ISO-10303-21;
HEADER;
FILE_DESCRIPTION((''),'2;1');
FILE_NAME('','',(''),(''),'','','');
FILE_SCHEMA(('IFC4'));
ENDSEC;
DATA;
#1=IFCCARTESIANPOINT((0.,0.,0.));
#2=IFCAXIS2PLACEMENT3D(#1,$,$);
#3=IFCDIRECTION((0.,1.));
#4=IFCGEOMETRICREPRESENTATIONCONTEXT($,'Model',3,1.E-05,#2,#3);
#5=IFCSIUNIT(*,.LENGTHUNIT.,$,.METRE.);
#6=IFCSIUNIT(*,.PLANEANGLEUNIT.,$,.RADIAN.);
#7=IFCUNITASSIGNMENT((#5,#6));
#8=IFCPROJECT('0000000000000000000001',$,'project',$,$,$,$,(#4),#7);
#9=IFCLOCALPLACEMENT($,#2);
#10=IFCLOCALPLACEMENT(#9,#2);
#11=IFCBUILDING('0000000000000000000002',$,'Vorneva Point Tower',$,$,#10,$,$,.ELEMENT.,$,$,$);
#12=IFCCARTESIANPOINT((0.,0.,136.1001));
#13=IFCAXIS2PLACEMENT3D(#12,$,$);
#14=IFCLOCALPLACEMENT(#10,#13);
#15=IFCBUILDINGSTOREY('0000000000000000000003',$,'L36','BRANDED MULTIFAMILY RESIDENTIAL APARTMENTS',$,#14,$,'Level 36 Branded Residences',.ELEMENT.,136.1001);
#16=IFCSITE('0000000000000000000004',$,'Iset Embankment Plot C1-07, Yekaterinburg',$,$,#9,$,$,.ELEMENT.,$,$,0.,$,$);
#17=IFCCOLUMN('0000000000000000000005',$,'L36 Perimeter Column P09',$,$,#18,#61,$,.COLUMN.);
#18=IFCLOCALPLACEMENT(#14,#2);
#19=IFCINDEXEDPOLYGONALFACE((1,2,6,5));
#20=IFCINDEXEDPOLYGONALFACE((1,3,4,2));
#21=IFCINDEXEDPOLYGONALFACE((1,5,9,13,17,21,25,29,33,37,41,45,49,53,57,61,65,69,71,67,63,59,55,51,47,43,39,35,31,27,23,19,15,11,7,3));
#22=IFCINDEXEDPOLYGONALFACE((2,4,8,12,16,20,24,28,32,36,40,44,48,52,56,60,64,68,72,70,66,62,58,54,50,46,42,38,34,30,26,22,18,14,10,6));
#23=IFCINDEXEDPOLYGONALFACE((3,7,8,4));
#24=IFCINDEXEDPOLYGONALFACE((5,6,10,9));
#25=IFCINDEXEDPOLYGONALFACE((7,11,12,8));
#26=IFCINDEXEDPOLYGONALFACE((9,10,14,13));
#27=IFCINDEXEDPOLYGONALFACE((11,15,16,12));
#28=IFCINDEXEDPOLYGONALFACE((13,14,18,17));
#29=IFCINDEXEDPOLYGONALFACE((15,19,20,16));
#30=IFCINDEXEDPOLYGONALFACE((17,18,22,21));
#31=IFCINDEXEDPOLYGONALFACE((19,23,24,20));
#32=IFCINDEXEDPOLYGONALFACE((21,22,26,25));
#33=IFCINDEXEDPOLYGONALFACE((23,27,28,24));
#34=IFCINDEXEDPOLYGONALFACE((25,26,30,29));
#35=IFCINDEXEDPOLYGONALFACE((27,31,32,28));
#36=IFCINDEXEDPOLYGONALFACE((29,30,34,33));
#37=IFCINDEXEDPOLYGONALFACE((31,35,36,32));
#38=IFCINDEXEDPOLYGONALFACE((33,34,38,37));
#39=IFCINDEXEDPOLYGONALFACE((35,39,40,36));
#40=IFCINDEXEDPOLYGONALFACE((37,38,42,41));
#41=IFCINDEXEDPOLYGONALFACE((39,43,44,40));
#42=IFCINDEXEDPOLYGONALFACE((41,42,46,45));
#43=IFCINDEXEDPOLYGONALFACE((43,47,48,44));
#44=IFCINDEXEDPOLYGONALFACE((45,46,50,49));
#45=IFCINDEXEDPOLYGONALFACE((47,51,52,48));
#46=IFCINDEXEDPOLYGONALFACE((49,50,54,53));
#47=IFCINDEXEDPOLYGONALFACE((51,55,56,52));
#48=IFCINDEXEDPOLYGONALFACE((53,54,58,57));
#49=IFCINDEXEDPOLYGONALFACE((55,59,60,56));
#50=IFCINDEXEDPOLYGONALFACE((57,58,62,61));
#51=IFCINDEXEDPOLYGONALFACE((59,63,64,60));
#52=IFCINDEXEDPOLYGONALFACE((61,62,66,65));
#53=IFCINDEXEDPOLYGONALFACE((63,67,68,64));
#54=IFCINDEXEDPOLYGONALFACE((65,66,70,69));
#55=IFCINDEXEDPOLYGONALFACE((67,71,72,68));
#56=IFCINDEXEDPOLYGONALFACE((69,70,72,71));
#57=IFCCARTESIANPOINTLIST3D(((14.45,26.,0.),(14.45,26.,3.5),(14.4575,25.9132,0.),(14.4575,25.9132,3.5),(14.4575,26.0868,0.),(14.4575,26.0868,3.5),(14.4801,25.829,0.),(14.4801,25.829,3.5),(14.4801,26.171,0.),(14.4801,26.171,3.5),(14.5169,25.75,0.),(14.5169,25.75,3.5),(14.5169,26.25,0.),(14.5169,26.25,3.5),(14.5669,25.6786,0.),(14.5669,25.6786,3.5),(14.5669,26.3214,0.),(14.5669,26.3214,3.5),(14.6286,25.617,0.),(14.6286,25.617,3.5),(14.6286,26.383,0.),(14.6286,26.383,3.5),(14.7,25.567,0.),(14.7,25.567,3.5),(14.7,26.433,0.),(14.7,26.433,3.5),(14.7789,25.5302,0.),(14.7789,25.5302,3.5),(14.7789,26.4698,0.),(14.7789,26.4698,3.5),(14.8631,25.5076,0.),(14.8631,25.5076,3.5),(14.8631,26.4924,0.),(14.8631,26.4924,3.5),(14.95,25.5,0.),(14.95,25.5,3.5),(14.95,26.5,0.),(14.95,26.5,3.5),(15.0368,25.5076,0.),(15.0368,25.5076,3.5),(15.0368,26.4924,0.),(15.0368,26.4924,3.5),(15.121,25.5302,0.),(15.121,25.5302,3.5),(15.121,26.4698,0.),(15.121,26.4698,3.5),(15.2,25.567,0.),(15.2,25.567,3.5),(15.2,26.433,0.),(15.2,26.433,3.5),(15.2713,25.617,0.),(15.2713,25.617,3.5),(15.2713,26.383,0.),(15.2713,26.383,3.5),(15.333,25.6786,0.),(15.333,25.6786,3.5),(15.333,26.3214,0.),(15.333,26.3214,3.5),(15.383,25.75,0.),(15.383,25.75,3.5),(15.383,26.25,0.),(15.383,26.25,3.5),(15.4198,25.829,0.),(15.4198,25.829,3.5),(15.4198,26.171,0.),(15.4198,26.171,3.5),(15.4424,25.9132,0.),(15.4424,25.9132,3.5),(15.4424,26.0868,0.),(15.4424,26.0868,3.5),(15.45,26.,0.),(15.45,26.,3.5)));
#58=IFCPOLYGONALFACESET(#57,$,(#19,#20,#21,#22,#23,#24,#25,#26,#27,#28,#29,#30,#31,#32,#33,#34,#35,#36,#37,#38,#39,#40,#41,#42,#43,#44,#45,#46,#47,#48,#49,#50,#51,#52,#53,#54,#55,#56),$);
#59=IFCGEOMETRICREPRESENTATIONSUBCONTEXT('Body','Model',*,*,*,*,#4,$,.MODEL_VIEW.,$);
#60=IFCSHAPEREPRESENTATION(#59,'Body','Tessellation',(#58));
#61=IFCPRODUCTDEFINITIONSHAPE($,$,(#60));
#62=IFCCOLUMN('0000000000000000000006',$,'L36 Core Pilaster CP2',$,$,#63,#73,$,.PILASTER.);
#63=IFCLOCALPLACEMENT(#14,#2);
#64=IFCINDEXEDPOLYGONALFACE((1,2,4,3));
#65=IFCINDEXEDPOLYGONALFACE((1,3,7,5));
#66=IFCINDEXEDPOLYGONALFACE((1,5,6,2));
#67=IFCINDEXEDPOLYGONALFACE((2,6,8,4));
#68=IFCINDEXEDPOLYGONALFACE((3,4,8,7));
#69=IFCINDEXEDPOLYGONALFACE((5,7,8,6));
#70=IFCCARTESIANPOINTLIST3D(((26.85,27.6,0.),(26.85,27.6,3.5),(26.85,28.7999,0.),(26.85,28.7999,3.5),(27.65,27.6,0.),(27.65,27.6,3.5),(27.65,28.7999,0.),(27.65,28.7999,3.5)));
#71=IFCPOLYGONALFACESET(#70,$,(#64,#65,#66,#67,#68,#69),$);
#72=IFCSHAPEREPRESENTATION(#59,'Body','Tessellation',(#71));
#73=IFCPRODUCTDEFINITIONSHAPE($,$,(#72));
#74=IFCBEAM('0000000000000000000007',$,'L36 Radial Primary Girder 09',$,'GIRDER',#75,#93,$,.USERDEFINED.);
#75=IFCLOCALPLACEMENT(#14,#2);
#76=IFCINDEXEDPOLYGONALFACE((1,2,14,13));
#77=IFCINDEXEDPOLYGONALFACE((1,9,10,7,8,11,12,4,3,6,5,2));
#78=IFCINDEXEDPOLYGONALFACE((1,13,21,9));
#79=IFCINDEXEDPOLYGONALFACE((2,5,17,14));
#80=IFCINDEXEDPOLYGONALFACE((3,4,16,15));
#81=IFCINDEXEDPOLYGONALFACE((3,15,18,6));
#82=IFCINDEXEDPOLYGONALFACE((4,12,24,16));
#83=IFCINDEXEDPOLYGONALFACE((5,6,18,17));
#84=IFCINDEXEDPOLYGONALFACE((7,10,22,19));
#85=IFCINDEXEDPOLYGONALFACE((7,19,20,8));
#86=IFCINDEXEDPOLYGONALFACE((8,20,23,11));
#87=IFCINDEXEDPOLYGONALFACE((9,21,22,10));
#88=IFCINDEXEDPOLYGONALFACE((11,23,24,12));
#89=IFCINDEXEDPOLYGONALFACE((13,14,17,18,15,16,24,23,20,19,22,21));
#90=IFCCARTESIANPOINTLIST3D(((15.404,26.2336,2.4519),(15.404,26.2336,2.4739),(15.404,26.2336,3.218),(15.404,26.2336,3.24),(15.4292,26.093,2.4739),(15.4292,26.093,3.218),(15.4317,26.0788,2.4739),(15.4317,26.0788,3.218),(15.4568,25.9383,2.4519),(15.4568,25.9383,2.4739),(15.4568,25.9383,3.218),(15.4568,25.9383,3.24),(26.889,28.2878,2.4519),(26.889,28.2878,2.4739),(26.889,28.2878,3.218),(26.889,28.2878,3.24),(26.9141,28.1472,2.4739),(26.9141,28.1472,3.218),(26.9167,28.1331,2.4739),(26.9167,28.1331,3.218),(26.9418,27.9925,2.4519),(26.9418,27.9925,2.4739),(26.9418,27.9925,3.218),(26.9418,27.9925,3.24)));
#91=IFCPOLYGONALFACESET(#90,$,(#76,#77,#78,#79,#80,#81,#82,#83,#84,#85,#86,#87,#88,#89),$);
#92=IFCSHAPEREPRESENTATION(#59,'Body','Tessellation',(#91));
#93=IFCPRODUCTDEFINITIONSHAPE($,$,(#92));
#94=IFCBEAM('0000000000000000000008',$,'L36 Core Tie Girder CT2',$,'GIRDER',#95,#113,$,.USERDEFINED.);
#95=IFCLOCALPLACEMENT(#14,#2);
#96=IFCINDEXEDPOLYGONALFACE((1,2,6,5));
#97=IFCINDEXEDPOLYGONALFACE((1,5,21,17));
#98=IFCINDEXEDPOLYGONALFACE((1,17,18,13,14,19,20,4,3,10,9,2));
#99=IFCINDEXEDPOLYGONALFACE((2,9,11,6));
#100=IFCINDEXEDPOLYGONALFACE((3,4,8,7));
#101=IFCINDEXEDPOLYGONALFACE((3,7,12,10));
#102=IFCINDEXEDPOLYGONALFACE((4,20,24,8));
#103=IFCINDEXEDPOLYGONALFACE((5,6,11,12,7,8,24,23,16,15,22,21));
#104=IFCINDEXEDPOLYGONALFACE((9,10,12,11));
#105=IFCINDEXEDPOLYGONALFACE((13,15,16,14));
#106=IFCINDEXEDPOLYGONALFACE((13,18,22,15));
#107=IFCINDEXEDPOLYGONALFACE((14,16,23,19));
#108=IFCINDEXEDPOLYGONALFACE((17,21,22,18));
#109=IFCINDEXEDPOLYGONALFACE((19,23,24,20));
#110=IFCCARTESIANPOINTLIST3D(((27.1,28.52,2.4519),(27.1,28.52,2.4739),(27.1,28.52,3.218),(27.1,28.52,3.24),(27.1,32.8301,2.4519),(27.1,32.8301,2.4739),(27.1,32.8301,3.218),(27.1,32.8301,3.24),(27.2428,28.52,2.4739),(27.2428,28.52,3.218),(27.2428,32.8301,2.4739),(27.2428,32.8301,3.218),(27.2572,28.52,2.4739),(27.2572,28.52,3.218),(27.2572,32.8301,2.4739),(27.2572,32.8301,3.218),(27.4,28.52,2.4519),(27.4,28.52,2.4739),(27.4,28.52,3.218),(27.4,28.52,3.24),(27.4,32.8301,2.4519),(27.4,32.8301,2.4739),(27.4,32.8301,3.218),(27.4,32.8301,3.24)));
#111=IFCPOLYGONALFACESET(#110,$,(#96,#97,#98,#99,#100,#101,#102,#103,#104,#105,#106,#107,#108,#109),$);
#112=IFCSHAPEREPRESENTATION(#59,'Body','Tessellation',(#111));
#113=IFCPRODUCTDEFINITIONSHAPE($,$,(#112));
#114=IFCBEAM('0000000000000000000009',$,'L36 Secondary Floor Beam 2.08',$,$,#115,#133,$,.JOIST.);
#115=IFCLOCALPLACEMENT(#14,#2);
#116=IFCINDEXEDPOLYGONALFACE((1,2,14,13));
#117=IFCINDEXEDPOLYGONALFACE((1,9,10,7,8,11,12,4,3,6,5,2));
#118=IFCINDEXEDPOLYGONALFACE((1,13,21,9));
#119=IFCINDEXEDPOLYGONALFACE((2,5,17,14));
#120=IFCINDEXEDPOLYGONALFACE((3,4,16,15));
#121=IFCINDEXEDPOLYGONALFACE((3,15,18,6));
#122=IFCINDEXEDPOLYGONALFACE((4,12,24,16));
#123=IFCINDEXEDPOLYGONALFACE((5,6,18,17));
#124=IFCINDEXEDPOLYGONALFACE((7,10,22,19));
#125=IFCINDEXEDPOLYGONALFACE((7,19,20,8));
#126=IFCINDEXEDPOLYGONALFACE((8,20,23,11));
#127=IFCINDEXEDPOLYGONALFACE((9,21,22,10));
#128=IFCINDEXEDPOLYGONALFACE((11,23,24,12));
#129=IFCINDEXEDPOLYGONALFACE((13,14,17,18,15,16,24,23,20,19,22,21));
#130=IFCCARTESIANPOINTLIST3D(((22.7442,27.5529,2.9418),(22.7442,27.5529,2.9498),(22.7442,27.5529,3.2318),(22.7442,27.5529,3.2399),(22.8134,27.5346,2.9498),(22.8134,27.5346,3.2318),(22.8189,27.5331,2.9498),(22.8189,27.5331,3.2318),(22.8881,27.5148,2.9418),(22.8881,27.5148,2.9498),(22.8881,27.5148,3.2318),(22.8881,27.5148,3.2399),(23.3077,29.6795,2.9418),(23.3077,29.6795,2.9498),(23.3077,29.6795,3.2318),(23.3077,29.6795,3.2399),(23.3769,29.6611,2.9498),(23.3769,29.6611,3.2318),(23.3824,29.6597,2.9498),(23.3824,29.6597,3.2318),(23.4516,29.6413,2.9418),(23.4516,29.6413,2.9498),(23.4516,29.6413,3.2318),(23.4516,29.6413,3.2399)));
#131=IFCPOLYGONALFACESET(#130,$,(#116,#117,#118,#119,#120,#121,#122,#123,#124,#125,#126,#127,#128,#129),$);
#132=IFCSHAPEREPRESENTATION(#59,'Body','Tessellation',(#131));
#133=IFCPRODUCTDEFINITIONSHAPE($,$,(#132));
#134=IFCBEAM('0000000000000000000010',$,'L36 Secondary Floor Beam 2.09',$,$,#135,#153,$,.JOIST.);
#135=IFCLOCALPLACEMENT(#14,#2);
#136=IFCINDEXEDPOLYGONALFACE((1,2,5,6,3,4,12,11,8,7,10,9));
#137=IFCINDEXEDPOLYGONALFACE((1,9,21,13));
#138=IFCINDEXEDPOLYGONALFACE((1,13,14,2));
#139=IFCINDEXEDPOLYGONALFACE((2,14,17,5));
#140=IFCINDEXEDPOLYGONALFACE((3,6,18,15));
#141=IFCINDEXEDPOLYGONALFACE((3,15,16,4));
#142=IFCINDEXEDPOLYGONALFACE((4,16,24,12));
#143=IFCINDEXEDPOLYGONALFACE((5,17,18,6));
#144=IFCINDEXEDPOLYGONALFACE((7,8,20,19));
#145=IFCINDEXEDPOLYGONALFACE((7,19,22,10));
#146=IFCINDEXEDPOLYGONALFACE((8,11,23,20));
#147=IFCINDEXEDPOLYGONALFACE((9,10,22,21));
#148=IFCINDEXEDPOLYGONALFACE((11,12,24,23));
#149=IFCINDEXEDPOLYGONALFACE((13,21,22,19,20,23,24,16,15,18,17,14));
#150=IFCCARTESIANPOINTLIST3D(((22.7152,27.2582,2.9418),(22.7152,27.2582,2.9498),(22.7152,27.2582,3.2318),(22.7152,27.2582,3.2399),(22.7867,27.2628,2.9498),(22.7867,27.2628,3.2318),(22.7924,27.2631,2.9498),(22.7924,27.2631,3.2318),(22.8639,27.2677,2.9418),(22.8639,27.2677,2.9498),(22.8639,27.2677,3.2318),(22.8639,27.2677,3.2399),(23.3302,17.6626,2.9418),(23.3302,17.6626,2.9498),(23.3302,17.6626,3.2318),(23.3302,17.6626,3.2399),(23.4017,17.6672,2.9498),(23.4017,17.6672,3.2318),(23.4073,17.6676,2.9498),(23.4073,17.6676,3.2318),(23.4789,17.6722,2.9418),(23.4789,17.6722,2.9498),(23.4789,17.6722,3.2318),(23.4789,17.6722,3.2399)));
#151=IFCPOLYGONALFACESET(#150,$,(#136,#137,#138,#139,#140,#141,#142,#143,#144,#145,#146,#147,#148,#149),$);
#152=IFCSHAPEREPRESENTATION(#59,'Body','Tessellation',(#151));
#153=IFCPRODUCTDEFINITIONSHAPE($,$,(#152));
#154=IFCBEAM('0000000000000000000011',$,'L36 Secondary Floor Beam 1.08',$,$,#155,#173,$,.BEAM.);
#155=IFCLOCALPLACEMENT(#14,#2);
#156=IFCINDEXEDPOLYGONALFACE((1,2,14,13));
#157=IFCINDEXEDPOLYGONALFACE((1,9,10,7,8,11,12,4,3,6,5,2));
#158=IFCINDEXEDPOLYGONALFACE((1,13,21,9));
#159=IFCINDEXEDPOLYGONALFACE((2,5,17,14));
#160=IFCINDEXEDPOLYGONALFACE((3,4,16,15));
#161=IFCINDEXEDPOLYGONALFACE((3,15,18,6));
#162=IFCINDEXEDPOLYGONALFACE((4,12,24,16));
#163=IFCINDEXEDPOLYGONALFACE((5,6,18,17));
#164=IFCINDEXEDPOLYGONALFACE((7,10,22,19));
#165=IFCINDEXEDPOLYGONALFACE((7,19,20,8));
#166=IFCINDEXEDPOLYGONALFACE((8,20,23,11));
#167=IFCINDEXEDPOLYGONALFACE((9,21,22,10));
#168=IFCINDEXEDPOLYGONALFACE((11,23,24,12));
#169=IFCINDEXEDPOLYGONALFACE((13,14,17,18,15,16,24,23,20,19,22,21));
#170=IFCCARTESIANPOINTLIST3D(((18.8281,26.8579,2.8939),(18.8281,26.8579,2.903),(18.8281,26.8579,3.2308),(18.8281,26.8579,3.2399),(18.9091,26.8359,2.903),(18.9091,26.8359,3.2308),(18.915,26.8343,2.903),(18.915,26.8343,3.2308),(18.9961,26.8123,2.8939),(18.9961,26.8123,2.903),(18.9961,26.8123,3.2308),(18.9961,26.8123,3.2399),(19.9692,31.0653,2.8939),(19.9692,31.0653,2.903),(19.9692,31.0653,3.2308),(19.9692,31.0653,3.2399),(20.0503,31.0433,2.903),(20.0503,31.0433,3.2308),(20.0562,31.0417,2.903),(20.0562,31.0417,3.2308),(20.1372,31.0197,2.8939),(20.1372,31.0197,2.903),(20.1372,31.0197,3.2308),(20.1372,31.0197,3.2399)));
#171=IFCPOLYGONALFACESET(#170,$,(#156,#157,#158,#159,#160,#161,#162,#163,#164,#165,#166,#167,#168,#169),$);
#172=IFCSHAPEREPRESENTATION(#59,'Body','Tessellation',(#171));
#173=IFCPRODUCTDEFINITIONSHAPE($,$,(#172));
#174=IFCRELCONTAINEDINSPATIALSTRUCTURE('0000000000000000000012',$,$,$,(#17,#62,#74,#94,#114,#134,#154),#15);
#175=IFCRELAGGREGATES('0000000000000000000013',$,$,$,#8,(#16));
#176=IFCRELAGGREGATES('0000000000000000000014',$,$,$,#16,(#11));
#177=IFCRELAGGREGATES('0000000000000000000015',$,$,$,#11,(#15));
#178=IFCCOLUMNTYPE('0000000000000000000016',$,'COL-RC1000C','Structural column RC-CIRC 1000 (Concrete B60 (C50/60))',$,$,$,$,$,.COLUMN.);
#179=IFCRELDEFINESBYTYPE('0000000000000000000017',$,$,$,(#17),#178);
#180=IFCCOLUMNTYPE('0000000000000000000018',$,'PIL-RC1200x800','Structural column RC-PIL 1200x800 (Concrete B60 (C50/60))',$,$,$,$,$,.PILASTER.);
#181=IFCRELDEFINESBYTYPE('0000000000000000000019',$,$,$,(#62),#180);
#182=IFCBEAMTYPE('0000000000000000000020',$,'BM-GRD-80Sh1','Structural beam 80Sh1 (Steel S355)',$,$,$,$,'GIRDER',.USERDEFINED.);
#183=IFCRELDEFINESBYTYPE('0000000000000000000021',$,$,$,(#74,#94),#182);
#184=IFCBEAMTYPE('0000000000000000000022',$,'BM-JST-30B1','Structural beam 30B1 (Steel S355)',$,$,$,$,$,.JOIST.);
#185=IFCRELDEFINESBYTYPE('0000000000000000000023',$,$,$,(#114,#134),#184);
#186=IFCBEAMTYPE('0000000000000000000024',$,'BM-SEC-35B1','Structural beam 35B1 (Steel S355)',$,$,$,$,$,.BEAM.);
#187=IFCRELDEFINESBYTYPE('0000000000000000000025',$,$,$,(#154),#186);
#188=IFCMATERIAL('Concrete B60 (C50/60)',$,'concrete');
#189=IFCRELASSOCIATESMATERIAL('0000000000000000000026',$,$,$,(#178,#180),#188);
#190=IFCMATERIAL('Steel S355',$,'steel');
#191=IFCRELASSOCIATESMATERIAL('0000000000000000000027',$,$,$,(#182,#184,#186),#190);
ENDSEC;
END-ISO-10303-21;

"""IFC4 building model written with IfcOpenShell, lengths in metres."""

from ifc_helpers import new_model, si_unit, direction, frame, origin, origin_2d, place, context, subcontext, project, spatial, rectangle, circle, i_section, extrude, material, material_profile, profile_set, type_object, element, save


model = new_model("IFC4")

# Units and contexts
model_context = context("Model", 3, precision=1e-05, world=origin(), true_north=direction((0.0, 1.0)))
body_context = subcontext(model_context, "Body", "Model", "MODEL_VIEW")
ifc_project = project(units=[si_unit("LENGTHUNIT", "METRE"), si_unit("PLANEANGLEUNIT", "RADIAN")], contexts=[model_context])

# Site, building, storey
site_placement = place(None, origin())
site = spatial("IfcSite", under=ifc_project, at=site_placement, Name="Iset Embankment Plot C1-07, Yekaterinburg", CompositionType="ELEMENT", RefElevation=0.0)
building_placement = place(site_placement, origin())
building = spatial("IfcBuilding", under=site, at=building_placement, Name="Vorneva Point Tower", CompositionType="ELEMENT")
storey_placement = place(building_placement, frame((0.0, 0.0, 136.1001)))
storey = spatial("IfcBuildingStorey", under=building, at=storey_placement, Name="L36", Description="BRANDED MULTIFAMILY RESIDENTIAL APARTMENTS", LongName="Level 36 Branded Residences", CompositionType="ELEMENT", Elevation=136.1001)

# Columns
ifc_material_1 = material(Name="Concrete B60 (C50/60)", Category="concrete")
ifc_material_profile_1 = material_profile(ifc_material_1, circle(Radius=0.5, at=origin_2d()), Name="RC-CIRC 1000")
ifc_profile_set_1 = profile_set([ifc_material_profile_1], Name="Concrete B60 (C50/60)")
column_type_1 = type_object("IfcColumnType", Name="COL-RC1000C", Description="Structural column RC-CIRC 1000 (Concrete B60 (C50/60))", PredefinedType="COLUMN", material=ifc_profile_set_1)
column_1_placement = place(storey_placement, frame((14.95, 26.0, 0.0), z_axis=(0.0, 0.0, 1.0), x_axis=(-1.0, 0.0, 0.0)))
element("IfcColumn", 1, at=column_1_placement, inside=storey, type_object=column_type_1, Name="L36 Perimeter Column P09", PredefinedType="COLUMN", context=body_context, shape_type="SweptSolid", body=[
    extrude(circle(Radius=0.5, at=origin_2d()), origin(), (0.0, 0.0, 1.0), 3.5),
])
ifc_material_profile_2 = material_profile(ifc_material_1, rectangle(XDim=0.8, YDim=1.2, at=origin_2d()), Name="RC-PIL 1200x800")
ifc_profile_set_2 = profile_set([ifc_material_profile_2], Name="Concrete B60 (C50/60)")
column_type_2 = type_object("IfcColumnType", Name="PIL-RC1200x800", Description="Structural column RC-PIL 1200x800 (Concrete B60 (C50/60))", PredefinedType="PILASTER", material=ifc_profile_set_2)
column_2_placement = place(storey_placement, frame((27.25, 28.2, 0.0), z_axis=(0.0, 0.0, 1.0), x_axis=(1.0, 0.0, 0.0)))
element("IfcColumn", 2, at=column_2_placement, inside=storey, type_object=column_type_2, Name="L36 Core Pilaster CP2", PredefinedType="PILASTER", context=body_context, shape_type="SweptSolid", body=[
    extrude(rectangle(XDim=0.8, YDim=1.2, at=origin_2d()), origin(), (0.0, 0.0, 1.0), 3.5),
])

# Beams
ifc_material_2 = material(Name="Steel S355", Category="steel")
ifc_material_profile_3 = material_profile(ifc_material_2, i_section(OverallWidth=0.3, OverallDepth=0.7881, WebThickness=0.0144, FlangeThickness=0.022, at=origin_2d()), Name="80Sh1")
ifc_profile_set_3 = profile_set([ifc_material_profile_3], Name="Steel S355")
beam_type_1 = type_object("IfcBeamType", Name="BM-GRD-80Sh1", Description="Structural beam 80Sh1 (Steel S355)", ElementType="GIRDER", PredefinedType="USERDEFINED", material=ifc_profile_set_3)
beam_1_placement = place(storey_placement, frame((15.4304, 26.0859, 2.8459), z_axis=(0.984378, 0.176067, 0.0), x_axis=(-0.176067, 0.984378, 0.0)))
element("IfcBeam", 3, at=beam_1_placement, inside=storey, type_object=beam_type_1, Name="L36 Radial Primary Girder 09", ObjectType="GIRDER", PredefinedType="USERDEFINED", context=body_context, shape_type="SweptSolid", body=[
    extrude(i_section(OverallWidth=0.3, OverallDepth=0.7881, WebThickness=0.0144, FlangeThickness=0.022, at=origin_2d()), origin(), (0.0, 0.0, 1.0), 11.6672),
])
beam_2_placement = place(storey_placement, frame((27.25, 28.52, 2.8459), z_axis=(0.0, 1.0, 0.0), x_axis=(-1.0, 0.0, 0.0)))
element("IfcBeam", 4, at=beam_2_placement, inside=storey, type_object=beam_type_1, Name="L36 Core Tie Girder CT2", ObjectType="GIRDER", PredefinedType="USERDEFINED", context=body_context, shape_type="SweptSolid", body=[
    extrude(i_section(OverallWidth=0.3, OverallDepth=0.7881, WebThickness=0.0144, FlangeThickness=0.022, at=origin_2d()), origin(), (0.0, 0.0, 1.0), 4.3101),
])
ifc_material_profile_4 = material_profile(ifc_material_2, i_section(OverallWidth=0.1489, OverallDepth=0.2981, WebThickness=0.0056, FlangeThickness=0.0081, at=origin_2d()), Name="30B1")
ifc_profile_set_4 = profile_set([ifc_material_profile_4], Name="Steel S355")
beam_type_2 = type_object("IfcBeamType", Name="BM-JST-30B1", Description="Structural beam 30B1 (Steel S355)", PredefinedType="JOIST", material=ifc_profile_set_4)
beam_3_placement = place(storey_placement, frame((23.3796, 29.6604, 3.0908), z_axis=(-0.256143, -0.966639, 0.0), x_axis=(0.966639, -0.256143, 0.0)))
element("IfcBeam", 5, at=beam_3_placement, inside=storey, type_object=beam_type_2, Name="L36 Secondary Floor Beam 2.08", PredefinedType="JOIST", context=body_context, shape_type="SweptSolid", body=[
    extrude(i_section(OverallWidth=0.1489, OverallDepth=0.2981, WebThickness=0.0056, FlangeThickness=0.0081, at=origin_2d()), origin(), (0.0, 0.0, 1.0), 2.2),
])
beam_4_placement = place(storey_placement, frame((22.7896, 27.2629, 3.0908), z_axis=(0.063961, -0.997952, 0.0), x_axis=(0.997952, 0.063961, 0.0)))
element("IfcBeam", 6, at=beam_4_placement, inside=storey, type_object=beam_type_2, Name="L36 Secondary Floor Beam 2.09", PredefinedType="JOIST", context=body_context, shape_type="SweptSolid", body=[
    extrude(i_section(OverallWidth=0.1489, OverallDepth=0.2981, WebThickness=0.0056, FlangeThickness=0.0081, at=origin_2d()), origin(), (0.0, 0.0, 1.0), 9.6152),
])
ifc_material_profile_5 = material_profile(ifc_material_2, i_section(OverallWidth=0.1741, OverallDepth=0.3459, WebThickness=0.0061, FlangeThickness=0.009, at=origin_2d()), Name="35B1")
ifc_profile_set_5 = profile_set([ifc_material_profile_5], Name="Steel S355")
beam_type_3 = type_object("IfcBeamType", Name="BM-SEC-35B1", Description="Structural beam 35B1 (Steel S355)", PredefinedType="BEAM", material=ifc_profile_set_5)
beam_5_placement = place(storey_placement, frame((20.0532, 31.0425, 3.0669), z_axis=(-0.261767, -0.965131, 0.0), x_axis=(0.965131, -0.261767, 0.0)))
element("IfcBeam", 7, at=beam_5_placement, inside=storey, type_object=beam_type_3, Name="L36 Secondary Floor Beam 1.08", PredefinedType="BEAM", context=body_context, shape_type="SweptSolid", body=[
    extrude(i_section(OverallWidth=0.1741, OverallDepth=0.3459, WebThickness=0.0061, FlangeThickness=0.009, at=origin_2d()), origin(), (0.0, 0.0, 1.0), 4.3594),
])

save(model, "model.ifc")
